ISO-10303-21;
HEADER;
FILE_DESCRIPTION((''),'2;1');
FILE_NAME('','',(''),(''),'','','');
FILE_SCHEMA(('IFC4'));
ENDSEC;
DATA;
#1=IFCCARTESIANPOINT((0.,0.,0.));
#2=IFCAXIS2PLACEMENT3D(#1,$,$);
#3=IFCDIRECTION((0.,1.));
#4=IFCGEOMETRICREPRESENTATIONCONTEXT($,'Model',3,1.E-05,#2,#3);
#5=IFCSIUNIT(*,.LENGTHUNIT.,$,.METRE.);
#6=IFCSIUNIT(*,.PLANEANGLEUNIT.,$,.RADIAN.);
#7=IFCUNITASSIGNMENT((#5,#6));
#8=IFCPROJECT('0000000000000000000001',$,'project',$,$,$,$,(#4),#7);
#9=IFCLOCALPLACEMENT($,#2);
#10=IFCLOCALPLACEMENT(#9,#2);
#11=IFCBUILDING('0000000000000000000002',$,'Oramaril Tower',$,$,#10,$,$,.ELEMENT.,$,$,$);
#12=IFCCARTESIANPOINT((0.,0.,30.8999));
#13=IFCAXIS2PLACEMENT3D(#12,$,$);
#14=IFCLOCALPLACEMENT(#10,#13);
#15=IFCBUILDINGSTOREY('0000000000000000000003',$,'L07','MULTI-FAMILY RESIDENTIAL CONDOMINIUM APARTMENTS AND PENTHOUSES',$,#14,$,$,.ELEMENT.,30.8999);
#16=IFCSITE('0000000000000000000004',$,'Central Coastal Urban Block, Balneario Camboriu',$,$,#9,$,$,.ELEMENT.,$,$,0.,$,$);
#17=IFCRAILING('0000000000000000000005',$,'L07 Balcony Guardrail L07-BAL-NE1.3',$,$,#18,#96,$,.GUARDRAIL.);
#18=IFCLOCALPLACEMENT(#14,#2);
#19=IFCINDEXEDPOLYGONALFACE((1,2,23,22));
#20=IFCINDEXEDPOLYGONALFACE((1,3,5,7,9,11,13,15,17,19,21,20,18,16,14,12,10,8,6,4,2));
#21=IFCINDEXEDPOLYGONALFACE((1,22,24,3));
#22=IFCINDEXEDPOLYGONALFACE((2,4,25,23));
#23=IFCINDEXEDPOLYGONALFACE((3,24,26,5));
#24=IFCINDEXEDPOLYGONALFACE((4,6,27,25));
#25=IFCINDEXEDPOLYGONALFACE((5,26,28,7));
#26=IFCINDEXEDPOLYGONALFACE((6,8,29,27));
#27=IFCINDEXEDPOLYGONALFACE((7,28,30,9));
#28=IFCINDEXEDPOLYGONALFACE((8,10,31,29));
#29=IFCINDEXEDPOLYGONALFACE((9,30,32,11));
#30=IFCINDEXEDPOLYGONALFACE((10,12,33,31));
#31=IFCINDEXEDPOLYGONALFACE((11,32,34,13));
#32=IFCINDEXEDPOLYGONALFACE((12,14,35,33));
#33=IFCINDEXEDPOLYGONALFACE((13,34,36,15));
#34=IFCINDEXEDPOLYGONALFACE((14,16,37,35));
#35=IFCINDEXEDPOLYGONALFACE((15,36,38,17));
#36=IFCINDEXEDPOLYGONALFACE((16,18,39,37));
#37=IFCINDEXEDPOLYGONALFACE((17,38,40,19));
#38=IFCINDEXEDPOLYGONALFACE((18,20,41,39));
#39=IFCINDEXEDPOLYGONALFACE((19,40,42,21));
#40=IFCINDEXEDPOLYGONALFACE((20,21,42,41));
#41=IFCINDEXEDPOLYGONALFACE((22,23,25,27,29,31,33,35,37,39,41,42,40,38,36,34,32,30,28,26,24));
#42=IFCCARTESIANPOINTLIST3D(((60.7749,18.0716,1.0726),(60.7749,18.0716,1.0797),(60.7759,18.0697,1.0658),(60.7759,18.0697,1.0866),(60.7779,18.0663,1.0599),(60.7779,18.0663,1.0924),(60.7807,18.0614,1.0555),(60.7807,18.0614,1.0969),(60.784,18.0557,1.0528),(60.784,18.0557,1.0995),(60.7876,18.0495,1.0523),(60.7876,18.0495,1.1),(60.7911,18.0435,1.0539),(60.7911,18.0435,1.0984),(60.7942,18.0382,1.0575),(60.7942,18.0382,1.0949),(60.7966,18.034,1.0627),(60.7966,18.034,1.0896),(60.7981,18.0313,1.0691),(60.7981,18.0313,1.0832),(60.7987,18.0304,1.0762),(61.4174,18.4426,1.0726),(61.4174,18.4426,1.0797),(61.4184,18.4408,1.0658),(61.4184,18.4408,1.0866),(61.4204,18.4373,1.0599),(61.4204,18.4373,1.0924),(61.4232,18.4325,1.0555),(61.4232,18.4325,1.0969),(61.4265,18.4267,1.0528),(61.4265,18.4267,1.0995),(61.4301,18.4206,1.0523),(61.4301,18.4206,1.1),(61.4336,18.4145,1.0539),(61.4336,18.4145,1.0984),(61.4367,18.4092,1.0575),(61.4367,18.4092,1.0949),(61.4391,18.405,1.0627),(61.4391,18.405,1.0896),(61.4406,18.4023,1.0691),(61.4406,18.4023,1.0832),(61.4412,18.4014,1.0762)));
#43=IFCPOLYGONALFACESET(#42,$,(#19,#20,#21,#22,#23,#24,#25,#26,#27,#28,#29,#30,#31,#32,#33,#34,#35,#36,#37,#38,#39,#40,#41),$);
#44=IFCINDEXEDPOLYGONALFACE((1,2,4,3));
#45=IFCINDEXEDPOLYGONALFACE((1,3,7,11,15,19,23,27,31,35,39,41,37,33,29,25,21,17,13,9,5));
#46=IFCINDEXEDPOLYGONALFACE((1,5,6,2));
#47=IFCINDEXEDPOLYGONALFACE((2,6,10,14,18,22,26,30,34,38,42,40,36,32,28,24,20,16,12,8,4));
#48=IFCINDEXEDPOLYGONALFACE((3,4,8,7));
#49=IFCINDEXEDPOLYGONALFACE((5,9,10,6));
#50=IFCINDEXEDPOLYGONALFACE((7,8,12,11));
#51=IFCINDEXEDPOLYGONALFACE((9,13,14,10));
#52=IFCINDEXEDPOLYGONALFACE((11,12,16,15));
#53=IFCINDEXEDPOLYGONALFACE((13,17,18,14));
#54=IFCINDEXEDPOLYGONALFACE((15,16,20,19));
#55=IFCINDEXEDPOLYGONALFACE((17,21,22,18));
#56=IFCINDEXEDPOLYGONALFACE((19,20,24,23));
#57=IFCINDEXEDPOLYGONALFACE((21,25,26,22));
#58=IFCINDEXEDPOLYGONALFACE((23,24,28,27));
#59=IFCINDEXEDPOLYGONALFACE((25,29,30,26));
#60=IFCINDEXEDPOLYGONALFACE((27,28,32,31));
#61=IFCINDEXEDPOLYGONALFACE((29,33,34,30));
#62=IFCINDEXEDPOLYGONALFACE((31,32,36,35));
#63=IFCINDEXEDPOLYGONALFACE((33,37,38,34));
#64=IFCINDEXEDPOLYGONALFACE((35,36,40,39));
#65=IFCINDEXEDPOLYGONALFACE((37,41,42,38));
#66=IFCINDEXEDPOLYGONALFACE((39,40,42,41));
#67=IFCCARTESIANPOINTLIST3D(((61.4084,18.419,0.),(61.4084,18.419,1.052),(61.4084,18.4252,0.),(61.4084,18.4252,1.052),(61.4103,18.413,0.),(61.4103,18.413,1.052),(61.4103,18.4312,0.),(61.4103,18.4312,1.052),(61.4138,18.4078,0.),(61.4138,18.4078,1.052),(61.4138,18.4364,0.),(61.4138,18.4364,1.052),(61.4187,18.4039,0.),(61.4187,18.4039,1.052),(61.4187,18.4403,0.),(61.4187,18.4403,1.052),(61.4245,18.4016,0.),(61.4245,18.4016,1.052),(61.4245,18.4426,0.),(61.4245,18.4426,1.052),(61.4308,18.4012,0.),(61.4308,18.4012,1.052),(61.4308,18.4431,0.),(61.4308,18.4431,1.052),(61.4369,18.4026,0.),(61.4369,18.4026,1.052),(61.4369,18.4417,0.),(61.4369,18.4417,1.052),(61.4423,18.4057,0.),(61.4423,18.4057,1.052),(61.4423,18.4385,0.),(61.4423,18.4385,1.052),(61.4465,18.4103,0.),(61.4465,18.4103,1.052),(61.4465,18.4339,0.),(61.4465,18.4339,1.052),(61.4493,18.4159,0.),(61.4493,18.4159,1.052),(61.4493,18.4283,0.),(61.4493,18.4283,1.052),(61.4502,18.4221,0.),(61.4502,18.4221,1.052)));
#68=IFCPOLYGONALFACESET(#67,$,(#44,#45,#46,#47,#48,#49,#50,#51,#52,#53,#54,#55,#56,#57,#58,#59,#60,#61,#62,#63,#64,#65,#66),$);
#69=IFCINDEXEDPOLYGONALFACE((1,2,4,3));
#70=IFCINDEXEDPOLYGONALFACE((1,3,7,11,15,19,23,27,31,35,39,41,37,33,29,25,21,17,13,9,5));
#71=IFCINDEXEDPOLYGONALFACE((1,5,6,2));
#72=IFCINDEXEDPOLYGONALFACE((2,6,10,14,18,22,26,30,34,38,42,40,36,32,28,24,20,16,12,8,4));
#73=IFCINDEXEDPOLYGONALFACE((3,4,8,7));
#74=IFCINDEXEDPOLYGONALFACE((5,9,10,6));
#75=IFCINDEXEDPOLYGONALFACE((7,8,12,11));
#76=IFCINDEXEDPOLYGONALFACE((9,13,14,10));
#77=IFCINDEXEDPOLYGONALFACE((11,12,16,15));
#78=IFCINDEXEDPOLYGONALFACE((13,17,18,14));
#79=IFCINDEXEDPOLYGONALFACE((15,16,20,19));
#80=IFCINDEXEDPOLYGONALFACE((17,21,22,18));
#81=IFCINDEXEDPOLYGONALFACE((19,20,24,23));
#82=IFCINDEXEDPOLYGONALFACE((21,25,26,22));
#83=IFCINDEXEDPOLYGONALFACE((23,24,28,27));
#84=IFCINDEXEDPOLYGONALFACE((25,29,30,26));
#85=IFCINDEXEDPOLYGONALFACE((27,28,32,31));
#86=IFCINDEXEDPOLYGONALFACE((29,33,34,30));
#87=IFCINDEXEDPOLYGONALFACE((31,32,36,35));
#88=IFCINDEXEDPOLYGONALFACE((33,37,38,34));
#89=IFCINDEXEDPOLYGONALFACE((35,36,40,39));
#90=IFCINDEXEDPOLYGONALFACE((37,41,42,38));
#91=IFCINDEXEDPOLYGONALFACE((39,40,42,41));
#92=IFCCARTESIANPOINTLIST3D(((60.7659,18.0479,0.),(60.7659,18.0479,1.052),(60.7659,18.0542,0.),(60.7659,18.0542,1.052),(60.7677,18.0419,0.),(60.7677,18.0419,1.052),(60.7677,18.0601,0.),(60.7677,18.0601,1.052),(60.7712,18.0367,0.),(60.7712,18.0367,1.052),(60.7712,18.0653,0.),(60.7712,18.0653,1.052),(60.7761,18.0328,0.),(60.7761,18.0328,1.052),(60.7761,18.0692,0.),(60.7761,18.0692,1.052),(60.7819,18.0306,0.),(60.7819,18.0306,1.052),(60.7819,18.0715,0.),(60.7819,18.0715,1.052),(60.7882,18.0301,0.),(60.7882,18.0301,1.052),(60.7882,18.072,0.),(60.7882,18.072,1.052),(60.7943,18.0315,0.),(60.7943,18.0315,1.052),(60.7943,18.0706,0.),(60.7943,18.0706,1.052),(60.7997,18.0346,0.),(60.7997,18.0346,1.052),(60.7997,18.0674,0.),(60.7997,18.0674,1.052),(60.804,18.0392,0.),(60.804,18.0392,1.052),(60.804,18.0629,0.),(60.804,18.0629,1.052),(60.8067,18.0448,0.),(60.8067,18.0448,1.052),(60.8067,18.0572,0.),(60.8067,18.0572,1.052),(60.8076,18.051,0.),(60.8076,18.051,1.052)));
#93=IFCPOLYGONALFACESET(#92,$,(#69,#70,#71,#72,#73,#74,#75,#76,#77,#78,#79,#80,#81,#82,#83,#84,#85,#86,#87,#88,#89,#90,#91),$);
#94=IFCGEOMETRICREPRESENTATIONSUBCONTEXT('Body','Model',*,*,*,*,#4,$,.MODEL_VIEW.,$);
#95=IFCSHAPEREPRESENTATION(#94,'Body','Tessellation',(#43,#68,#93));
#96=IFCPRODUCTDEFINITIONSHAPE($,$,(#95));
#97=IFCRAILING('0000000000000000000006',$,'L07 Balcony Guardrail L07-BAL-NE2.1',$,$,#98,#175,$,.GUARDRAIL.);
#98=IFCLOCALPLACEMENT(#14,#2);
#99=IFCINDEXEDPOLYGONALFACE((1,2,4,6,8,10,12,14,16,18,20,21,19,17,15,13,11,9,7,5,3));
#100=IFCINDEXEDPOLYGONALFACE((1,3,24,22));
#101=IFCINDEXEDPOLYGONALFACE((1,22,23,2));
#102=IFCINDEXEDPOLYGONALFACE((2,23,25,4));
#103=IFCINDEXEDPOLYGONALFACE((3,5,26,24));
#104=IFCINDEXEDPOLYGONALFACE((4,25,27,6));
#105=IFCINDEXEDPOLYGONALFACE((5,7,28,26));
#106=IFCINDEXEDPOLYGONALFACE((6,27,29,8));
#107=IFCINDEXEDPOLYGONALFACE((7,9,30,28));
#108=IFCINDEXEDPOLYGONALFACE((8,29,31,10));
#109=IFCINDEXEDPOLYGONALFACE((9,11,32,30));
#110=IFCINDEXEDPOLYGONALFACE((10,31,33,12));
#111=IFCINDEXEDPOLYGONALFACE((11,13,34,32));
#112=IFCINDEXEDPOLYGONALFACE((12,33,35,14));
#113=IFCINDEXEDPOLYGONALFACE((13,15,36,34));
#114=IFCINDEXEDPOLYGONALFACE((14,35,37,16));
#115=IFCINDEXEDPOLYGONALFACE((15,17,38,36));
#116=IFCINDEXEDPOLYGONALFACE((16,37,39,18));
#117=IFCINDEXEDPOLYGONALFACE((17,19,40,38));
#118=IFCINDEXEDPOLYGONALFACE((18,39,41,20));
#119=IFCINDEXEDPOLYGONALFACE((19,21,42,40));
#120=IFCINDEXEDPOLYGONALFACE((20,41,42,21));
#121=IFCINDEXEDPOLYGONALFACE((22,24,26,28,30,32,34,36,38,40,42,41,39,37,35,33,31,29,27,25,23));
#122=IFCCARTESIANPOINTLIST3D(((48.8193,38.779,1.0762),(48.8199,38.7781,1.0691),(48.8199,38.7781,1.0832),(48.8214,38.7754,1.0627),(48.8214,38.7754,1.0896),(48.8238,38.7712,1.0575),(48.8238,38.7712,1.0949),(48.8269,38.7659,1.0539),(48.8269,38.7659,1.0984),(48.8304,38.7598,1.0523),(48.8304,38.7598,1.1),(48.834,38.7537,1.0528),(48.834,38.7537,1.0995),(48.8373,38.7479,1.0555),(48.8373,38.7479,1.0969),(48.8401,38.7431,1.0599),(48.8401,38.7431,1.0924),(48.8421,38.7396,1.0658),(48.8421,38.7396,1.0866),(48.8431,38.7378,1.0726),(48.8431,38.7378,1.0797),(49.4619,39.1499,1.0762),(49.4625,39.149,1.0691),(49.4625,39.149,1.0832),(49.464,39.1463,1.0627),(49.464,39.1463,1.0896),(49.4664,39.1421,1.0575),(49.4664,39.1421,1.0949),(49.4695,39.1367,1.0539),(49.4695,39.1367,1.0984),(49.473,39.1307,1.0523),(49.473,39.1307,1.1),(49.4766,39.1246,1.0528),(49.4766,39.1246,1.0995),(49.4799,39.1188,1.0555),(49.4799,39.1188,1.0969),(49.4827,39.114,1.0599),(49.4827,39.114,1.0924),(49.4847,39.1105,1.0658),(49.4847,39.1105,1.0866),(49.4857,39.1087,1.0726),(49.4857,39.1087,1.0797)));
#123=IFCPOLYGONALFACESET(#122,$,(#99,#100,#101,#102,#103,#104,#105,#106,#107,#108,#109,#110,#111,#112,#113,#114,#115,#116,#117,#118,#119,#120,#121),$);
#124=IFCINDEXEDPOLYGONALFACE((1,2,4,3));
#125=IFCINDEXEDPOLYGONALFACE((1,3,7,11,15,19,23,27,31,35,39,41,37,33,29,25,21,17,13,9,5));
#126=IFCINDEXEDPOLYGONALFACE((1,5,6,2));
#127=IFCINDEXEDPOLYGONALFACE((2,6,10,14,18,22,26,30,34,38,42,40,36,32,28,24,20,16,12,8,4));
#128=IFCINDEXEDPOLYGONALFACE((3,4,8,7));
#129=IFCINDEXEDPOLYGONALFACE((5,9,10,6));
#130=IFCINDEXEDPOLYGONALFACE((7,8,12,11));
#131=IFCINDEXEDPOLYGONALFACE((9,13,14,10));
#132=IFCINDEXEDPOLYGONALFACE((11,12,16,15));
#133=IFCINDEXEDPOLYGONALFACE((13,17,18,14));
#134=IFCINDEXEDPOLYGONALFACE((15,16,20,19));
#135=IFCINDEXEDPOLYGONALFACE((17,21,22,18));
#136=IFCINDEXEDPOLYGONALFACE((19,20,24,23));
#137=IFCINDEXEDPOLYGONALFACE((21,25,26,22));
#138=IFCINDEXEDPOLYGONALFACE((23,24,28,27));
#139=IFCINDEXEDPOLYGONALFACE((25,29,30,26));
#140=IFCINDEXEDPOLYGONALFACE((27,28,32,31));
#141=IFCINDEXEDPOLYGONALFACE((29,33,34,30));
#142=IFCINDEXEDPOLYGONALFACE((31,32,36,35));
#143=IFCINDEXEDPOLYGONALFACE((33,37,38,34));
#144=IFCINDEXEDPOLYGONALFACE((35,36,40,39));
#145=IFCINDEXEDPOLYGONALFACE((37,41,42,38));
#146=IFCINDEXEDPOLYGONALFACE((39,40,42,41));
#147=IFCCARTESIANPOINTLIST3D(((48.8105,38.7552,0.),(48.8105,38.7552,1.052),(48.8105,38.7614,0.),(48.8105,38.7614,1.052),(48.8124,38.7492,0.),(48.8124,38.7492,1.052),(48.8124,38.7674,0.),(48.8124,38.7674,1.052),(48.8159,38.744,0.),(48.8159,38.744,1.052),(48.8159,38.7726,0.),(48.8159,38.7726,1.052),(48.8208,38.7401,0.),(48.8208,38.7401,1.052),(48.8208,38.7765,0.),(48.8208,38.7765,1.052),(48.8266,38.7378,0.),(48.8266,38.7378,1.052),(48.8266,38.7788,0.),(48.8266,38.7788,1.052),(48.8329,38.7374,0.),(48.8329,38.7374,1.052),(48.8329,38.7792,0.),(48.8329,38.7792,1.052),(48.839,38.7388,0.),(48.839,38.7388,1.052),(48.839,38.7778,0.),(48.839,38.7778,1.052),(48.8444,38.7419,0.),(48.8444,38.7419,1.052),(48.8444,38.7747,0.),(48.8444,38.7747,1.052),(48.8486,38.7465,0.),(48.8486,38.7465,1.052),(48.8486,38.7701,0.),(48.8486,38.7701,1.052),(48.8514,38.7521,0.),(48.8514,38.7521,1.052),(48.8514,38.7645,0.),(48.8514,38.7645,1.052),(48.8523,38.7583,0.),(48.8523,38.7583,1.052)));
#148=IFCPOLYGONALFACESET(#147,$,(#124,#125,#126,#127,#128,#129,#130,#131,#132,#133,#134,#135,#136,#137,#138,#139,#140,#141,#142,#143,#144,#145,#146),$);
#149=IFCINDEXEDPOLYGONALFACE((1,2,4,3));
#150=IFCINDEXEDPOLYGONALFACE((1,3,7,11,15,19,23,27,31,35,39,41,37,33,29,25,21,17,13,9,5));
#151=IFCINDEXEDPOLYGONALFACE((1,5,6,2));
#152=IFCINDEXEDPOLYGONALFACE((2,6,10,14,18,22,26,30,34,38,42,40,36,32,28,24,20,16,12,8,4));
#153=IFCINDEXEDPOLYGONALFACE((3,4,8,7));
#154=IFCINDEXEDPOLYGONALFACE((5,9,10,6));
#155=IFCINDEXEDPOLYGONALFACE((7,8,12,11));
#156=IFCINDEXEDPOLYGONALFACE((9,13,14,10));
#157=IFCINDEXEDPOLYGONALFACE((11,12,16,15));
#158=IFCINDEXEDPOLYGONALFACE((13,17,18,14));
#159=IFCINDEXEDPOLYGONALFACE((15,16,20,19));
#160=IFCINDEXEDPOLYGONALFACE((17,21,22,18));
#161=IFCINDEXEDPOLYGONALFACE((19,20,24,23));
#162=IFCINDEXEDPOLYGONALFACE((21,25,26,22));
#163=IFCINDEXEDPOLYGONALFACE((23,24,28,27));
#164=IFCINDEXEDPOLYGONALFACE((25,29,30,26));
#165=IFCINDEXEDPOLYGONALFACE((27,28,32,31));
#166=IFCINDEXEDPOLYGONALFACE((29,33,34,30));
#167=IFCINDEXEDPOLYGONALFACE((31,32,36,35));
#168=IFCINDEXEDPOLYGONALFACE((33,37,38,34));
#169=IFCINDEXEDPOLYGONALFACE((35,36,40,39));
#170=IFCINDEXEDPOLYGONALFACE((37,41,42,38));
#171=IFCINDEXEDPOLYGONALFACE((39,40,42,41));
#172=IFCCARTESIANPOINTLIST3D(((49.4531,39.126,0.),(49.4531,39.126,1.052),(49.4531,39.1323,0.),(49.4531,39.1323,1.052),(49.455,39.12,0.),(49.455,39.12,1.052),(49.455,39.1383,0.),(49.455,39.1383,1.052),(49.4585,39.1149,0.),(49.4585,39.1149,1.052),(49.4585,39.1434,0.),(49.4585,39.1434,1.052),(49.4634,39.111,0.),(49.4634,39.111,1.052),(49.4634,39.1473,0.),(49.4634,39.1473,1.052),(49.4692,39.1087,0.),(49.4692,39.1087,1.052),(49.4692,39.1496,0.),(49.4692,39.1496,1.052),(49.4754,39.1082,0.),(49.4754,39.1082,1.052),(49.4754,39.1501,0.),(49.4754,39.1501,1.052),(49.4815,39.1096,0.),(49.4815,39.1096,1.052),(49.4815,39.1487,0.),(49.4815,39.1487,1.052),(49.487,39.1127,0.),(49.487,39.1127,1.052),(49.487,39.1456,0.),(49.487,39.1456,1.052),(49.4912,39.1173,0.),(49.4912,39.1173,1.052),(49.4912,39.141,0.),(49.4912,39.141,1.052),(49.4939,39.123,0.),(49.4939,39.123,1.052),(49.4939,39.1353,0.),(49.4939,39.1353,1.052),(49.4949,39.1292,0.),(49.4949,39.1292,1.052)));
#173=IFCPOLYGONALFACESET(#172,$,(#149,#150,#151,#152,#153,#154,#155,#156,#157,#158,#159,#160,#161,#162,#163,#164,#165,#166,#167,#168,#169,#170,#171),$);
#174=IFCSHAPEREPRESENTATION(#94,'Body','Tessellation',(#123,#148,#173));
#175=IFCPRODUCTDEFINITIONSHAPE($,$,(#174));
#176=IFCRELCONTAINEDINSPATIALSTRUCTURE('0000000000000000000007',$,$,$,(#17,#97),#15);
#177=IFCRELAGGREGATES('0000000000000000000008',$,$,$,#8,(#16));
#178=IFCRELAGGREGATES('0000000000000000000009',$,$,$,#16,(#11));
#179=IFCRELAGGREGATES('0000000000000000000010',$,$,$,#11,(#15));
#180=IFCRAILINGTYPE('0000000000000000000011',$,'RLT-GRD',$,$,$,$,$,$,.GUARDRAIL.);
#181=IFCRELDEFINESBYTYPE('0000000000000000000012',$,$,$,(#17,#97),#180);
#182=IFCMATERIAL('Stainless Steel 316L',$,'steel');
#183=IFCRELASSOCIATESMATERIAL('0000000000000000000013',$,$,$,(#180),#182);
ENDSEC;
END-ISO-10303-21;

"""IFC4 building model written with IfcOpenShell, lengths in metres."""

from ifc_helpers import new_model, si_unit, direction, frame, origin, origin_2d, place, context, subcontext, project, spatial, circle, extrude, material, type_object, element, save


model = new_model("IFC4")

# Units and contexts
model_context = context("Model", 3, precision=1e-05, world=origin(), true_north=direction((0.0, 1.0)))
body_context = subcontext(model_context, "Body", "Model", "MODEL_VIEW")
ifc_project = project(units=[si_unit("LENGTHUNIT", "METRE"), si_unit("PLANEANGLEUNIT", "RADIAN")], contexts=[model_context])

# Site, building, storey
site_placement = place(None, origin())
site = spatial("IfcSite", under=ifc_project, at=site_placement, Name="Central Coastal Urban Block, Balneario Camboriu", CompositionType="ELEMENT", RefElevation=0.0)
building_placement = place(site_placement, origin())
building = spatial("IfcBuilding", under=site, at=building_placement, Name="Oramaril Tower", CompositionType="ELEMENT")
storey_placement = place(building_placement, frame((0.0, 0.0, 30.8999)))
storey = spatial("IfcBuildingStorey", under=building, at=storey_placement, Name="L07", Description="MULTI-FAMILY RESIDENTIAL CONDOMINIUM APARTMENTS AND PENTHOUSES", CompositionType="ELEMENT", Elevation=30.8999)

# Railings
ifc_material_1 = material(Name="Stainless Steel 316L", Category="steel")
railing_type = type_object("IfcRailingType", Name="RLT-GRD", PredefinedType="GUARDRAIL", material=ifc_material_1)
railing_1_placement = place(storey_placement, frame((61.4292, 18.4221, 0.0)))
element("IfcRailing", 1, at=railing_1_placement, inside=storey, type_object=railing_type, Name="L07 Balcony Guardrail L07-BAL-NE1.3", PredefinedType="GUARDRAIL", context=body_context, shape_type="SweptSolid", body=[
    extrude(circle(Radius=0.0239, at=origin_2d()), frame((0.0, 0.0, 1.0762), z_axis=(-0.865966, -0.500102, 0.0), x_axis=(0.500102, -0.865966, 0.0)), (0.0, 0.0, 1.0), 0.7419),
    extrude(circle(Radius=0.021, at=origin_2d()), origin(), (0.0, 0.0, 1.0), 1.052),
    extrude(circle(Radius=0.021, at=origin_2d()), frame((-0.6426, -0.3711, 0.0)), (0.0, 0.0, 1.0), 1.052),
])
railing_2_placement = place(storey_placement, frame((48.8313, 38.7583, 0.0)))
element("IfcRailing", 2, at=railing_2_placement, inside=storey, type_object=railing_type, Name="L07 Balcony Guardrail L07-BAL-NE2.1", PredefinedType="GUARDRAIL", context=body_context, shape_type="SweptSolid", body=[
    extrude(circle(Radius=0.0239, at=origin_2d()), frame((0.0, 0.0, 1.0762), z_axis=(0.866109, 0.499855, 0.0), x_axis=(-0.499855, 0.866109, 0.0)), (0.0, 0.0, 1.0), 0.7419),
    extrude(circle(Radius=0.021, at=origin_2d()), origin(), (0.0, 0.0, 1.0), 1.052),
    extrude(circle(Radius=0.021, at=origin_2d()), frame((0.6426, 0.3708, 0.0)), (0.0, 0.0, 1.0), 1.052),
])

save(model, "model.ifc")
